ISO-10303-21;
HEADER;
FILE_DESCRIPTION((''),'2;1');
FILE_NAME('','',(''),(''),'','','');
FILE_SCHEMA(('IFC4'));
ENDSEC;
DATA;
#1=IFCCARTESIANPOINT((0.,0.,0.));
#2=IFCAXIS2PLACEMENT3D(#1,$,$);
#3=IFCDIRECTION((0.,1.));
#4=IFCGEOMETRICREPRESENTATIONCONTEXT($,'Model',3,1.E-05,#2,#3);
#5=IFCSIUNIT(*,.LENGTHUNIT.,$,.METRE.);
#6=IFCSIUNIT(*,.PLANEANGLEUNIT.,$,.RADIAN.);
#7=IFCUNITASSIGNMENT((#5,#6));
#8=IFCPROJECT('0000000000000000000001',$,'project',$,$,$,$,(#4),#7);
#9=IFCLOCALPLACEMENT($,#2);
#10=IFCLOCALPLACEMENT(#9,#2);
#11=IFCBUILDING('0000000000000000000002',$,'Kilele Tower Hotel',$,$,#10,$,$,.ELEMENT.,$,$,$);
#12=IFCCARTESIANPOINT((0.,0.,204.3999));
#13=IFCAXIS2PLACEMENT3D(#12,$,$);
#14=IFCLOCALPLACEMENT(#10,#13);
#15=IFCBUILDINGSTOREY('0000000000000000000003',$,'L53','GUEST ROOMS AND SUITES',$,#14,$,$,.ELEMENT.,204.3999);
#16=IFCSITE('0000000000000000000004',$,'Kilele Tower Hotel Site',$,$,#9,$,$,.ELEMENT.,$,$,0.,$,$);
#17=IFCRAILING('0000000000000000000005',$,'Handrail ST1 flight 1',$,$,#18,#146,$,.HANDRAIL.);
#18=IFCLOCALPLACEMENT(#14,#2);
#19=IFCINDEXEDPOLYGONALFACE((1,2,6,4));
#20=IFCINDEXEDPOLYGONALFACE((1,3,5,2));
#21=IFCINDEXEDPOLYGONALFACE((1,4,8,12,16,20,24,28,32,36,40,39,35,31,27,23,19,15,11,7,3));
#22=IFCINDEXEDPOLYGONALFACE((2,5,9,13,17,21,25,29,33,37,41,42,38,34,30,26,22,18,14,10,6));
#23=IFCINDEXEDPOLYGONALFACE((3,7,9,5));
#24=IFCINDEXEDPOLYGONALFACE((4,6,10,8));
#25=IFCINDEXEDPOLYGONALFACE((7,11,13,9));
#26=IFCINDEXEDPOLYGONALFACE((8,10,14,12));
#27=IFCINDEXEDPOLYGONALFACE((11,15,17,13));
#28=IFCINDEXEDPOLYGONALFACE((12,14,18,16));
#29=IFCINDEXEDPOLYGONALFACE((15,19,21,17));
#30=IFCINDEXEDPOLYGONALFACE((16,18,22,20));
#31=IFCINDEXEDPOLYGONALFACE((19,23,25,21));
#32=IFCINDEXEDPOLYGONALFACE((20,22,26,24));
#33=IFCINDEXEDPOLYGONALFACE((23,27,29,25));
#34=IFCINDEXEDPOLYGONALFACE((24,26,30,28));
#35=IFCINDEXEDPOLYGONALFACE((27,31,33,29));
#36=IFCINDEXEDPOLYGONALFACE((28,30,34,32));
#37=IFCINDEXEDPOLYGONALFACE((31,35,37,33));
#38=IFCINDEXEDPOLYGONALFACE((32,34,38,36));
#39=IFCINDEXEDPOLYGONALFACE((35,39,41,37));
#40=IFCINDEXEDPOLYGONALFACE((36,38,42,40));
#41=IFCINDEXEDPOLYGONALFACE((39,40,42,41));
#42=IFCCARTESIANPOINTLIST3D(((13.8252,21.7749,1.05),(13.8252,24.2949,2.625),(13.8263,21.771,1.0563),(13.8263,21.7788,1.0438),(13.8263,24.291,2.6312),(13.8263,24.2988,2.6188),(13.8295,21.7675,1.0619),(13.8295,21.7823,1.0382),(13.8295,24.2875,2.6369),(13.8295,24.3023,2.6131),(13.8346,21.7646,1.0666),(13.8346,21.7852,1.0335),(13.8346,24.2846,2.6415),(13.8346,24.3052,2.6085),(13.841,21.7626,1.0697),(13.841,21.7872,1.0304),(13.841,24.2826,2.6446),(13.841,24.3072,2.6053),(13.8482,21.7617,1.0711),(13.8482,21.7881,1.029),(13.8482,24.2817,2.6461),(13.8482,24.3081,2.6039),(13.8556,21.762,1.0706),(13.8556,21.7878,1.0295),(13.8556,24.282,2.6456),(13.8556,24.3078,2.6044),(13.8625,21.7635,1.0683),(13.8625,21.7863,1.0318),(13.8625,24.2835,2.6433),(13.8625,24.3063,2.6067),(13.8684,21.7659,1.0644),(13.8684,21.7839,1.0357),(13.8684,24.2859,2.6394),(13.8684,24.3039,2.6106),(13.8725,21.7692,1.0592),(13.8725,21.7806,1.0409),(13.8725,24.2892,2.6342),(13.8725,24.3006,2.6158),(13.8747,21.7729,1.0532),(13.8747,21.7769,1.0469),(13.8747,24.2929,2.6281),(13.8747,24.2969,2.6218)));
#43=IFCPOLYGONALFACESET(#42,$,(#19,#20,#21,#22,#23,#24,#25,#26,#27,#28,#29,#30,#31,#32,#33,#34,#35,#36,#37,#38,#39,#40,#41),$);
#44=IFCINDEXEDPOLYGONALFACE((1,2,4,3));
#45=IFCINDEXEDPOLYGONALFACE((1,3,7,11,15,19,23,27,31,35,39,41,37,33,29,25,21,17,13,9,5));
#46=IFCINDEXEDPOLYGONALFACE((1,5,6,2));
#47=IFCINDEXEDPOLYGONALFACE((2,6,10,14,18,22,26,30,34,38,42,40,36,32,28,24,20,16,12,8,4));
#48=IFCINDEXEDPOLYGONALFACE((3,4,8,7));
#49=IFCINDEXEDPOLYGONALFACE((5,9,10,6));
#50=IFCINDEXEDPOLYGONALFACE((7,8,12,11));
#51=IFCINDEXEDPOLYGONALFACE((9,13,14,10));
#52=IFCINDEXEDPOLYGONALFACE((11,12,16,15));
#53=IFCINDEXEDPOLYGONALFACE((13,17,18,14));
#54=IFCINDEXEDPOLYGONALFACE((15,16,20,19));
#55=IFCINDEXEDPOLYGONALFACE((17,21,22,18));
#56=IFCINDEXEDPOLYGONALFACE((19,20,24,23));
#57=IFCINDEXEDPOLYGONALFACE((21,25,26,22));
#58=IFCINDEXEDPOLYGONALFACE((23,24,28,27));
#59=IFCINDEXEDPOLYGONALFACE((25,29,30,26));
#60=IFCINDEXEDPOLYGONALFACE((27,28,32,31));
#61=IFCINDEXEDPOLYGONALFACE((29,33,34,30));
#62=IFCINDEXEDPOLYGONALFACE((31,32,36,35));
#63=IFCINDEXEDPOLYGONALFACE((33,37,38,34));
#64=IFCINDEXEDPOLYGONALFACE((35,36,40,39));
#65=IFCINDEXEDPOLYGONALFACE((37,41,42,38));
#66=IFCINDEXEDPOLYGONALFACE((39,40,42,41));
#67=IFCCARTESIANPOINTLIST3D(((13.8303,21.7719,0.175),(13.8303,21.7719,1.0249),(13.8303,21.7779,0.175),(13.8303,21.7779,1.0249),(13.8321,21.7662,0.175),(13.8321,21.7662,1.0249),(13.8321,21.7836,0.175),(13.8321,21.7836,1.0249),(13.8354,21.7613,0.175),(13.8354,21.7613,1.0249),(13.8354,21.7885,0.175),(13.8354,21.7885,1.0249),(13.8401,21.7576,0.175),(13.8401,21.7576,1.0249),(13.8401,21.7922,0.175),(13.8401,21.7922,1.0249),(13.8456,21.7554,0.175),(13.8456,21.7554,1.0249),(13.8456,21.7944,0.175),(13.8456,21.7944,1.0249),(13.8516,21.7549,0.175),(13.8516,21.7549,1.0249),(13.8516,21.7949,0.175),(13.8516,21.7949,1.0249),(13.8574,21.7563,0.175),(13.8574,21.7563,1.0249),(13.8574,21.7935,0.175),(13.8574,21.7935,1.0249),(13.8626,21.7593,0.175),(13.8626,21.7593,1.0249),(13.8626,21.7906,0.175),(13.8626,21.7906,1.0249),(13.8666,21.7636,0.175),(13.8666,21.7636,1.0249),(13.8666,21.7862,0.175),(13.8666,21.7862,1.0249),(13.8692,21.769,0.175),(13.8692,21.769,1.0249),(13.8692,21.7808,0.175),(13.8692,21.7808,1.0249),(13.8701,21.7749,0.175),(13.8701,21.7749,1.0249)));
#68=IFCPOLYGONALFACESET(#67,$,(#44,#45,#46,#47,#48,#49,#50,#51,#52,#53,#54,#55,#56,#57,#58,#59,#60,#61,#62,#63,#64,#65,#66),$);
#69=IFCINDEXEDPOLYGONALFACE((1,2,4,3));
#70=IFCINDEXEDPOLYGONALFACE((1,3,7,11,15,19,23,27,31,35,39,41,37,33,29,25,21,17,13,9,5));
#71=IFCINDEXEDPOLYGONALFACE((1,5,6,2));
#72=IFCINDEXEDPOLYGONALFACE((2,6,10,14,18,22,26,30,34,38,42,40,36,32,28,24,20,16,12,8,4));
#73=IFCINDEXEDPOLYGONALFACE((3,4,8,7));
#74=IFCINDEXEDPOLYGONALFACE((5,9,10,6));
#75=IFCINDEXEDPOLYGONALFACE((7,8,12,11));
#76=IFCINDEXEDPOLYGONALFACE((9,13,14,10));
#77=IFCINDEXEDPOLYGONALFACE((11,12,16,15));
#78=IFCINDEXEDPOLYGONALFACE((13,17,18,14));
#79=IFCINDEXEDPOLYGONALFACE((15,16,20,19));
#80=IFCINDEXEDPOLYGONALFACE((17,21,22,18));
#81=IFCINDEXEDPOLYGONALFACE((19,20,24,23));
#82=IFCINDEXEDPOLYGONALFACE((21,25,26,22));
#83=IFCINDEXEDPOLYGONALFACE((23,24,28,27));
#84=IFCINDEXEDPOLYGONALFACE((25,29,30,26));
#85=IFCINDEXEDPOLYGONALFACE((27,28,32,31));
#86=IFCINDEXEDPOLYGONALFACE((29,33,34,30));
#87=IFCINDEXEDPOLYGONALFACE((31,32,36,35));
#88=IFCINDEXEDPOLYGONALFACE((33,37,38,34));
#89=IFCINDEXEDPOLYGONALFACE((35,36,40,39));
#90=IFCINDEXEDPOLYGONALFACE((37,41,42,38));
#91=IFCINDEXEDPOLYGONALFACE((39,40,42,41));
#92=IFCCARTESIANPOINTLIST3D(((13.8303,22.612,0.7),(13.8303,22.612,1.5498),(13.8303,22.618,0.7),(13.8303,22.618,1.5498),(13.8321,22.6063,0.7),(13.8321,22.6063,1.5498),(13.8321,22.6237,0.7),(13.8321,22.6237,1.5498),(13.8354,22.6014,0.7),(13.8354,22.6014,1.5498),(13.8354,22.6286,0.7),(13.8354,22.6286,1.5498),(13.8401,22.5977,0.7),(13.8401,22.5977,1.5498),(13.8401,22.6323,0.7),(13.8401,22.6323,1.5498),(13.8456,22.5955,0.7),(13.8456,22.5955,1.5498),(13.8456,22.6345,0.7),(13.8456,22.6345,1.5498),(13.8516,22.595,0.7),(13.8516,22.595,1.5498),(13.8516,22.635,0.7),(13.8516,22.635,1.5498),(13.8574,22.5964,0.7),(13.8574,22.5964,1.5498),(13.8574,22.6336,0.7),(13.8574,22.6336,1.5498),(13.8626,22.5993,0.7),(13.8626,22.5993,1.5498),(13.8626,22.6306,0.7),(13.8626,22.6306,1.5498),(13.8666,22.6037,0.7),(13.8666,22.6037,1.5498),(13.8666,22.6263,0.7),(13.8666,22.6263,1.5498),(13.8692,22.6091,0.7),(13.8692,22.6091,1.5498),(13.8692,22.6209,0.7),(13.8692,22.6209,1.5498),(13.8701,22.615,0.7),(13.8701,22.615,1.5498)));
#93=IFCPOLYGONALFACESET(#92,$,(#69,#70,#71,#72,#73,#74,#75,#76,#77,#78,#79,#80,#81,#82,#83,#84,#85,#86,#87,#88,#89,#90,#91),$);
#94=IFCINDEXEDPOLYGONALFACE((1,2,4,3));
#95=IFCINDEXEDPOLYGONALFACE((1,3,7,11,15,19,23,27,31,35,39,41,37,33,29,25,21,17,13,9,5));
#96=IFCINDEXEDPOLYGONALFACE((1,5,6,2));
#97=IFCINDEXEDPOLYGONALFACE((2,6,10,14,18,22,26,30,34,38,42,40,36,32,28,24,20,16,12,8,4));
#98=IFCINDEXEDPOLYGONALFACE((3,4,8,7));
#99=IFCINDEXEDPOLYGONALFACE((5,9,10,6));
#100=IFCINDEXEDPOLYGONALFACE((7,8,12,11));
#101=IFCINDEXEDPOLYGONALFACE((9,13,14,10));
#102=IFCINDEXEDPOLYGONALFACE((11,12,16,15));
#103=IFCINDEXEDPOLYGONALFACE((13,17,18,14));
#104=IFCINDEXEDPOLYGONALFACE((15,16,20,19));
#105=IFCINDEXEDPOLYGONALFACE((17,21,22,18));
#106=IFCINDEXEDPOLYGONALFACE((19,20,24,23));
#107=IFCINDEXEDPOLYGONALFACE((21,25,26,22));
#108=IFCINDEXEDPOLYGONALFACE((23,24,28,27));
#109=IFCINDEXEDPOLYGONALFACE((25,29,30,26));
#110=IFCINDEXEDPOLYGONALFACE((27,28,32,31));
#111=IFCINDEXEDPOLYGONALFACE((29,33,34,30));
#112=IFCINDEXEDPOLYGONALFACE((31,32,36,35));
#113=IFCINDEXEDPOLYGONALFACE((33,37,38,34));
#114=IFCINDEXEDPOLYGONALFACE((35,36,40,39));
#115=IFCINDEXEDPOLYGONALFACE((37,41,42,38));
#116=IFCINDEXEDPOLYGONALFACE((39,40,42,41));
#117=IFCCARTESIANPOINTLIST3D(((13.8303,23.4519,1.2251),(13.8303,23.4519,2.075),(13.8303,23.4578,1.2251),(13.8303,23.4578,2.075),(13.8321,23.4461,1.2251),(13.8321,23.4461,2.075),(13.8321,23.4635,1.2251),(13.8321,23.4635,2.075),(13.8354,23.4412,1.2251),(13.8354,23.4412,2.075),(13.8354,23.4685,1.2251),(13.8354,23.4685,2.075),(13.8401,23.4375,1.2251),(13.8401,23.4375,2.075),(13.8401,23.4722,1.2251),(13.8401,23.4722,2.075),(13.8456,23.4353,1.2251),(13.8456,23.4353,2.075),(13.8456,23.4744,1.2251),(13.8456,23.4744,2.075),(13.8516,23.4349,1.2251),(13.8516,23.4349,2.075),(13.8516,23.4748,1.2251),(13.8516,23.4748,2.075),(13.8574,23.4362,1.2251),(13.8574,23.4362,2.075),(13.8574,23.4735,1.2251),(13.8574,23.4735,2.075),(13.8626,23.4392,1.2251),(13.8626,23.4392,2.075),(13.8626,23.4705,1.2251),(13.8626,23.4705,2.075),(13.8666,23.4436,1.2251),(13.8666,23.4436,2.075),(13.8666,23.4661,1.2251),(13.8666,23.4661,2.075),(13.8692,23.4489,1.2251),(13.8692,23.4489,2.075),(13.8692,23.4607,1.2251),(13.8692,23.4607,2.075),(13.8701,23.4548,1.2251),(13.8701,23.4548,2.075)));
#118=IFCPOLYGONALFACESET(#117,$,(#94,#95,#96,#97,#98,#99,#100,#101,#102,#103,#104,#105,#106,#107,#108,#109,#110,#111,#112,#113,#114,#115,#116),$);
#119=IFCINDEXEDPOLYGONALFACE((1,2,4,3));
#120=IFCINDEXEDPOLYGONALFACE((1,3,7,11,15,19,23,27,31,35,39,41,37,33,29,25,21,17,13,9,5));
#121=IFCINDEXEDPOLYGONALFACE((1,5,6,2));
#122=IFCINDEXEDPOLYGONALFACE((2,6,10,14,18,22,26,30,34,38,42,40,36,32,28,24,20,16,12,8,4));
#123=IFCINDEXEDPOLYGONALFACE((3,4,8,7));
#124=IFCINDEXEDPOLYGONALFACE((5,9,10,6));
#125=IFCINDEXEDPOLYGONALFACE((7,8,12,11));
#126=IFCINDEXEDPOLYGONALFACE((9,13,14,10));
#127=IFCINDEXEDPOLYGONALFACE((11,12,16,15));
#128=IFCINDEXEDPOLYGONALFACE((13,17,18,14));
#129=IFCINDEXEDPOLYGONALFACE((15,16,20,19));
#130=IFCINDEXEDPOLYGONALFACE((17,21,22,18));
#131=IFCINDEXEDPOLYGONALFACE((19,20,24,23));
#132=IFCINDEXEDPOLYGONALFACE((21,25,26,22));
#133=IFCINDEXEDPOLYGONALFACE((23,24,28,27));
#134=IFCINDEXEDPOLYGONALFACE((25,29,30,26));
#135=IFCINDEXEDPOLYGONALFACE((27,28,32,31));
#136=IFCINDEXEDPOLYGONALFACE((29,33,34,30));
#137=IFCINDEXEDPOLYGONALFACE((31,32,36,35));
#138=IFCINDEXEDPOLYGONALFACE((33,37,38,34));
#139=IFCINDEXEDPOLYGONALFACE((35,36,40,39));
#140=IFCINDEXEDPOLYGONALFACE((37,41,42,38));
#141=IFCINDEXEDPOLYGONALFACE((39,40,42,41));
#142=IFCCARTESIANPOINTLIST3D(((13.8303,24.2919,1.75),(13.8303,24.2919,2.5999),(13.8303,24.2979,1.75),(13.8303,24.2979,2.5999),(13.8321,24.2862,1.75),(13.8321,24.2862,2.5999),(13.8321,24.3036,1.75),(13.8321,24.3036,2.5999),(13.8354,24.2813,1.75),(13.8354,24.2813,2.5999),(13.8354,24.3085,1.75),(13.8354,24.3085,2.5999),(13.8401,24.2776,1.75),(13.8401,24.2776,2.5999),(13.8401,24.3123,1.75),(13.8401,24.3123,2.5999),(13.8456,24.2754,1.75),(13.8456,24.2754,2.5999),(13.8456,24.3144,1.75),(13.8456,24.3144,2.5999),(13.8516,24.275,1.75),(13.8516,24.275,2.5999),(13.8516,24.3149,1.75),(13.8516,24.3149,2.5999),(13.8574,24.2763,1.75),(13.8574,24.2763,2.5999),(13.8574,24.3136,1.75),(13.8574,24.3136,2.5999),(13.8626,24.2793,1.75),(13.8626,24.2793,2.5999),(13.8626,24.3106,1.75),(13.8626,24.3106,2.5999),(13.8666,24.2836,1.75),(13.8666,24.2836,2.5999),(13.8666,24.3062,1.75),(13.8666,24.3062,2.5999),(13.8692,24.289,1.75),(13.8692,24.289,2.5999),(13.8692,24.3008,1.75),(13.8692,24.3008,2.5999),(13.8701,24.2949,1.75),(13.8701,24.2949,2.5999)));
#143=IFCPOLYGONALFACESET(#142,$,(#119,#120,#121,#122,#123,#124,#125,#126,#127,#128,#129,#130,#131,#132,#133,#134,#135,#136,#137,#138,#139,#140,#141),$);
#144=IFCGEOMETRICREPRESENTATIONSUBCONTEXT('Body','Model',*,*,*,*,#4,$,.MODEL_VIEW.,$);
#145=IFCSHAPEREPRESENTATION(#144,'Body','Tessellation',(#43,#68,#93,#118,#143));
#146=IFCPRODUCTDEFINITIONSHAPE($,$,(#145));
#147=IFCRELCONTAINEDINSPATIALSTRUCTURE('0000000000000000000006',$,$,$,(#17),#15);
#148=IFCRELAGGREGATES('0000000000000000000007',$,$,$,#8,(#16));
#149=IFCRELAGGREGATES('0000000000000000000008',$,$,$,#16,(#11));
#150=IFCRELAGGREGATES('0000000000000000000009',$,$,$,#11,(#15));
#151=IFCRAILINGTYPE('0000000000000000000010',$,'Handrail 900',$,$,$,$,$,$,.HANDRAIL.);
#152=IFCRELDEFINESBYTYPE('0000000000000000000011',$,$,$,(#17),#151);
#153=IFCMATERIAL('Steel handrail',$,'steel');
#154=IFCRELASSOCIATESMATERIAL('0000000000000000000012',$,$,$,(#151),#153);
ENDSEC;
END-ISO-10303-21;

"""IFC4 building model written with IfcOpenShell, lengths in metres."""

from ifc_helpers import new_model, si_unit, direction, frame, origin, origin_2d, place, context, subcontext, project, spatial, circle, extrude, material, type_object, element, save


model = new_model("IFC4")

# Units and contexts
model_context = context("Model", 3, precision=1e-05, world=origin(), true_north=direction((0.0, 1.0)))
body_context = subcontext(model_context, "Body", "Model", "MODEL_VIEW")
ifc_project = project(units=[si_unit("LENGTHUNIT", "METRE"), si_unit("PLANEANGLEUNIT", "RADIAN")], contexts=[model_context])

# Site, building, storey
site_placement = place(None, origin())
site = spatial("IfcSite", under=ifc_project, at=site_placement, Name="Kilele Tower Hotel Site", CompositionType="ELEMENT", RefElevation=0.0)
building_placement = place(site_placement, origin())
building = spatial("IfcBuilding", under=site, at=building_placement, Name="Kilele Tower Hotel", CompositionType="ELEMENT")
storey_placement = place(building_placement, frame((0.0, 0.0, 204.3999)))
storey = spatial("IfcBuildingStorey", under=building, at=storey_placement, Name="L53", Description="GUEST ROOMS AND SUITES", CompositionType="ELEMENT", Elevation=204.3999)

# Railing
ifc_material_1 = material(Name="Steel handrail", Category="steel")
railing_type_1 = type_object("IfcRailingType", Name="Handrail 900", PredefinedType="HANDRAIL", material=ifc_material_1)
for number, where, name in (
    (1, (13.8501, 21.7749, 0.175), "Handrail ST1 flight 1"),
):
    element("IfcRailing", number, at=place(storey_placement, frame(where)), inside=storey, type_object=railing_type_1, Name=name, PredefinedType="HANDRAIL", context=body_context, shape_type="SweptSolid", body=[
        extrude(circle(Radius=0.0249, at=origin_2d()), frame((0.0, 0.0, 0.875), z_axis=(0.0, 0.848008, 0.529984), x_axis=(-1.0, 0.0, 0.0)), (0.0, 0.0, 1.0), 2.9717),
        extrude(circle(Radius=0.02, at=origin_2d()), origin(), (0.0, 0.0, 1.0), 0.8499),
        extrude(circle(Radius=0.02, at=origin_2d()), frame((0.0, 0.8401, 0.5249)), (0.0, 0.0, 1.0), 0.8499),
        extrude(circle(Radius=0.02, at=origin_2d()), frame((0.0, 1.6799, 1.05)), (0.0, 0.0, 1.0), 0.8499),
        extrude(circle(Radius=0.02, at=origin_2d()), frame((0.0, 2.52, 1.575)), (0.0, 0.0, 1.0), 0.8499),
    ])

save(model, "model.ifc")
